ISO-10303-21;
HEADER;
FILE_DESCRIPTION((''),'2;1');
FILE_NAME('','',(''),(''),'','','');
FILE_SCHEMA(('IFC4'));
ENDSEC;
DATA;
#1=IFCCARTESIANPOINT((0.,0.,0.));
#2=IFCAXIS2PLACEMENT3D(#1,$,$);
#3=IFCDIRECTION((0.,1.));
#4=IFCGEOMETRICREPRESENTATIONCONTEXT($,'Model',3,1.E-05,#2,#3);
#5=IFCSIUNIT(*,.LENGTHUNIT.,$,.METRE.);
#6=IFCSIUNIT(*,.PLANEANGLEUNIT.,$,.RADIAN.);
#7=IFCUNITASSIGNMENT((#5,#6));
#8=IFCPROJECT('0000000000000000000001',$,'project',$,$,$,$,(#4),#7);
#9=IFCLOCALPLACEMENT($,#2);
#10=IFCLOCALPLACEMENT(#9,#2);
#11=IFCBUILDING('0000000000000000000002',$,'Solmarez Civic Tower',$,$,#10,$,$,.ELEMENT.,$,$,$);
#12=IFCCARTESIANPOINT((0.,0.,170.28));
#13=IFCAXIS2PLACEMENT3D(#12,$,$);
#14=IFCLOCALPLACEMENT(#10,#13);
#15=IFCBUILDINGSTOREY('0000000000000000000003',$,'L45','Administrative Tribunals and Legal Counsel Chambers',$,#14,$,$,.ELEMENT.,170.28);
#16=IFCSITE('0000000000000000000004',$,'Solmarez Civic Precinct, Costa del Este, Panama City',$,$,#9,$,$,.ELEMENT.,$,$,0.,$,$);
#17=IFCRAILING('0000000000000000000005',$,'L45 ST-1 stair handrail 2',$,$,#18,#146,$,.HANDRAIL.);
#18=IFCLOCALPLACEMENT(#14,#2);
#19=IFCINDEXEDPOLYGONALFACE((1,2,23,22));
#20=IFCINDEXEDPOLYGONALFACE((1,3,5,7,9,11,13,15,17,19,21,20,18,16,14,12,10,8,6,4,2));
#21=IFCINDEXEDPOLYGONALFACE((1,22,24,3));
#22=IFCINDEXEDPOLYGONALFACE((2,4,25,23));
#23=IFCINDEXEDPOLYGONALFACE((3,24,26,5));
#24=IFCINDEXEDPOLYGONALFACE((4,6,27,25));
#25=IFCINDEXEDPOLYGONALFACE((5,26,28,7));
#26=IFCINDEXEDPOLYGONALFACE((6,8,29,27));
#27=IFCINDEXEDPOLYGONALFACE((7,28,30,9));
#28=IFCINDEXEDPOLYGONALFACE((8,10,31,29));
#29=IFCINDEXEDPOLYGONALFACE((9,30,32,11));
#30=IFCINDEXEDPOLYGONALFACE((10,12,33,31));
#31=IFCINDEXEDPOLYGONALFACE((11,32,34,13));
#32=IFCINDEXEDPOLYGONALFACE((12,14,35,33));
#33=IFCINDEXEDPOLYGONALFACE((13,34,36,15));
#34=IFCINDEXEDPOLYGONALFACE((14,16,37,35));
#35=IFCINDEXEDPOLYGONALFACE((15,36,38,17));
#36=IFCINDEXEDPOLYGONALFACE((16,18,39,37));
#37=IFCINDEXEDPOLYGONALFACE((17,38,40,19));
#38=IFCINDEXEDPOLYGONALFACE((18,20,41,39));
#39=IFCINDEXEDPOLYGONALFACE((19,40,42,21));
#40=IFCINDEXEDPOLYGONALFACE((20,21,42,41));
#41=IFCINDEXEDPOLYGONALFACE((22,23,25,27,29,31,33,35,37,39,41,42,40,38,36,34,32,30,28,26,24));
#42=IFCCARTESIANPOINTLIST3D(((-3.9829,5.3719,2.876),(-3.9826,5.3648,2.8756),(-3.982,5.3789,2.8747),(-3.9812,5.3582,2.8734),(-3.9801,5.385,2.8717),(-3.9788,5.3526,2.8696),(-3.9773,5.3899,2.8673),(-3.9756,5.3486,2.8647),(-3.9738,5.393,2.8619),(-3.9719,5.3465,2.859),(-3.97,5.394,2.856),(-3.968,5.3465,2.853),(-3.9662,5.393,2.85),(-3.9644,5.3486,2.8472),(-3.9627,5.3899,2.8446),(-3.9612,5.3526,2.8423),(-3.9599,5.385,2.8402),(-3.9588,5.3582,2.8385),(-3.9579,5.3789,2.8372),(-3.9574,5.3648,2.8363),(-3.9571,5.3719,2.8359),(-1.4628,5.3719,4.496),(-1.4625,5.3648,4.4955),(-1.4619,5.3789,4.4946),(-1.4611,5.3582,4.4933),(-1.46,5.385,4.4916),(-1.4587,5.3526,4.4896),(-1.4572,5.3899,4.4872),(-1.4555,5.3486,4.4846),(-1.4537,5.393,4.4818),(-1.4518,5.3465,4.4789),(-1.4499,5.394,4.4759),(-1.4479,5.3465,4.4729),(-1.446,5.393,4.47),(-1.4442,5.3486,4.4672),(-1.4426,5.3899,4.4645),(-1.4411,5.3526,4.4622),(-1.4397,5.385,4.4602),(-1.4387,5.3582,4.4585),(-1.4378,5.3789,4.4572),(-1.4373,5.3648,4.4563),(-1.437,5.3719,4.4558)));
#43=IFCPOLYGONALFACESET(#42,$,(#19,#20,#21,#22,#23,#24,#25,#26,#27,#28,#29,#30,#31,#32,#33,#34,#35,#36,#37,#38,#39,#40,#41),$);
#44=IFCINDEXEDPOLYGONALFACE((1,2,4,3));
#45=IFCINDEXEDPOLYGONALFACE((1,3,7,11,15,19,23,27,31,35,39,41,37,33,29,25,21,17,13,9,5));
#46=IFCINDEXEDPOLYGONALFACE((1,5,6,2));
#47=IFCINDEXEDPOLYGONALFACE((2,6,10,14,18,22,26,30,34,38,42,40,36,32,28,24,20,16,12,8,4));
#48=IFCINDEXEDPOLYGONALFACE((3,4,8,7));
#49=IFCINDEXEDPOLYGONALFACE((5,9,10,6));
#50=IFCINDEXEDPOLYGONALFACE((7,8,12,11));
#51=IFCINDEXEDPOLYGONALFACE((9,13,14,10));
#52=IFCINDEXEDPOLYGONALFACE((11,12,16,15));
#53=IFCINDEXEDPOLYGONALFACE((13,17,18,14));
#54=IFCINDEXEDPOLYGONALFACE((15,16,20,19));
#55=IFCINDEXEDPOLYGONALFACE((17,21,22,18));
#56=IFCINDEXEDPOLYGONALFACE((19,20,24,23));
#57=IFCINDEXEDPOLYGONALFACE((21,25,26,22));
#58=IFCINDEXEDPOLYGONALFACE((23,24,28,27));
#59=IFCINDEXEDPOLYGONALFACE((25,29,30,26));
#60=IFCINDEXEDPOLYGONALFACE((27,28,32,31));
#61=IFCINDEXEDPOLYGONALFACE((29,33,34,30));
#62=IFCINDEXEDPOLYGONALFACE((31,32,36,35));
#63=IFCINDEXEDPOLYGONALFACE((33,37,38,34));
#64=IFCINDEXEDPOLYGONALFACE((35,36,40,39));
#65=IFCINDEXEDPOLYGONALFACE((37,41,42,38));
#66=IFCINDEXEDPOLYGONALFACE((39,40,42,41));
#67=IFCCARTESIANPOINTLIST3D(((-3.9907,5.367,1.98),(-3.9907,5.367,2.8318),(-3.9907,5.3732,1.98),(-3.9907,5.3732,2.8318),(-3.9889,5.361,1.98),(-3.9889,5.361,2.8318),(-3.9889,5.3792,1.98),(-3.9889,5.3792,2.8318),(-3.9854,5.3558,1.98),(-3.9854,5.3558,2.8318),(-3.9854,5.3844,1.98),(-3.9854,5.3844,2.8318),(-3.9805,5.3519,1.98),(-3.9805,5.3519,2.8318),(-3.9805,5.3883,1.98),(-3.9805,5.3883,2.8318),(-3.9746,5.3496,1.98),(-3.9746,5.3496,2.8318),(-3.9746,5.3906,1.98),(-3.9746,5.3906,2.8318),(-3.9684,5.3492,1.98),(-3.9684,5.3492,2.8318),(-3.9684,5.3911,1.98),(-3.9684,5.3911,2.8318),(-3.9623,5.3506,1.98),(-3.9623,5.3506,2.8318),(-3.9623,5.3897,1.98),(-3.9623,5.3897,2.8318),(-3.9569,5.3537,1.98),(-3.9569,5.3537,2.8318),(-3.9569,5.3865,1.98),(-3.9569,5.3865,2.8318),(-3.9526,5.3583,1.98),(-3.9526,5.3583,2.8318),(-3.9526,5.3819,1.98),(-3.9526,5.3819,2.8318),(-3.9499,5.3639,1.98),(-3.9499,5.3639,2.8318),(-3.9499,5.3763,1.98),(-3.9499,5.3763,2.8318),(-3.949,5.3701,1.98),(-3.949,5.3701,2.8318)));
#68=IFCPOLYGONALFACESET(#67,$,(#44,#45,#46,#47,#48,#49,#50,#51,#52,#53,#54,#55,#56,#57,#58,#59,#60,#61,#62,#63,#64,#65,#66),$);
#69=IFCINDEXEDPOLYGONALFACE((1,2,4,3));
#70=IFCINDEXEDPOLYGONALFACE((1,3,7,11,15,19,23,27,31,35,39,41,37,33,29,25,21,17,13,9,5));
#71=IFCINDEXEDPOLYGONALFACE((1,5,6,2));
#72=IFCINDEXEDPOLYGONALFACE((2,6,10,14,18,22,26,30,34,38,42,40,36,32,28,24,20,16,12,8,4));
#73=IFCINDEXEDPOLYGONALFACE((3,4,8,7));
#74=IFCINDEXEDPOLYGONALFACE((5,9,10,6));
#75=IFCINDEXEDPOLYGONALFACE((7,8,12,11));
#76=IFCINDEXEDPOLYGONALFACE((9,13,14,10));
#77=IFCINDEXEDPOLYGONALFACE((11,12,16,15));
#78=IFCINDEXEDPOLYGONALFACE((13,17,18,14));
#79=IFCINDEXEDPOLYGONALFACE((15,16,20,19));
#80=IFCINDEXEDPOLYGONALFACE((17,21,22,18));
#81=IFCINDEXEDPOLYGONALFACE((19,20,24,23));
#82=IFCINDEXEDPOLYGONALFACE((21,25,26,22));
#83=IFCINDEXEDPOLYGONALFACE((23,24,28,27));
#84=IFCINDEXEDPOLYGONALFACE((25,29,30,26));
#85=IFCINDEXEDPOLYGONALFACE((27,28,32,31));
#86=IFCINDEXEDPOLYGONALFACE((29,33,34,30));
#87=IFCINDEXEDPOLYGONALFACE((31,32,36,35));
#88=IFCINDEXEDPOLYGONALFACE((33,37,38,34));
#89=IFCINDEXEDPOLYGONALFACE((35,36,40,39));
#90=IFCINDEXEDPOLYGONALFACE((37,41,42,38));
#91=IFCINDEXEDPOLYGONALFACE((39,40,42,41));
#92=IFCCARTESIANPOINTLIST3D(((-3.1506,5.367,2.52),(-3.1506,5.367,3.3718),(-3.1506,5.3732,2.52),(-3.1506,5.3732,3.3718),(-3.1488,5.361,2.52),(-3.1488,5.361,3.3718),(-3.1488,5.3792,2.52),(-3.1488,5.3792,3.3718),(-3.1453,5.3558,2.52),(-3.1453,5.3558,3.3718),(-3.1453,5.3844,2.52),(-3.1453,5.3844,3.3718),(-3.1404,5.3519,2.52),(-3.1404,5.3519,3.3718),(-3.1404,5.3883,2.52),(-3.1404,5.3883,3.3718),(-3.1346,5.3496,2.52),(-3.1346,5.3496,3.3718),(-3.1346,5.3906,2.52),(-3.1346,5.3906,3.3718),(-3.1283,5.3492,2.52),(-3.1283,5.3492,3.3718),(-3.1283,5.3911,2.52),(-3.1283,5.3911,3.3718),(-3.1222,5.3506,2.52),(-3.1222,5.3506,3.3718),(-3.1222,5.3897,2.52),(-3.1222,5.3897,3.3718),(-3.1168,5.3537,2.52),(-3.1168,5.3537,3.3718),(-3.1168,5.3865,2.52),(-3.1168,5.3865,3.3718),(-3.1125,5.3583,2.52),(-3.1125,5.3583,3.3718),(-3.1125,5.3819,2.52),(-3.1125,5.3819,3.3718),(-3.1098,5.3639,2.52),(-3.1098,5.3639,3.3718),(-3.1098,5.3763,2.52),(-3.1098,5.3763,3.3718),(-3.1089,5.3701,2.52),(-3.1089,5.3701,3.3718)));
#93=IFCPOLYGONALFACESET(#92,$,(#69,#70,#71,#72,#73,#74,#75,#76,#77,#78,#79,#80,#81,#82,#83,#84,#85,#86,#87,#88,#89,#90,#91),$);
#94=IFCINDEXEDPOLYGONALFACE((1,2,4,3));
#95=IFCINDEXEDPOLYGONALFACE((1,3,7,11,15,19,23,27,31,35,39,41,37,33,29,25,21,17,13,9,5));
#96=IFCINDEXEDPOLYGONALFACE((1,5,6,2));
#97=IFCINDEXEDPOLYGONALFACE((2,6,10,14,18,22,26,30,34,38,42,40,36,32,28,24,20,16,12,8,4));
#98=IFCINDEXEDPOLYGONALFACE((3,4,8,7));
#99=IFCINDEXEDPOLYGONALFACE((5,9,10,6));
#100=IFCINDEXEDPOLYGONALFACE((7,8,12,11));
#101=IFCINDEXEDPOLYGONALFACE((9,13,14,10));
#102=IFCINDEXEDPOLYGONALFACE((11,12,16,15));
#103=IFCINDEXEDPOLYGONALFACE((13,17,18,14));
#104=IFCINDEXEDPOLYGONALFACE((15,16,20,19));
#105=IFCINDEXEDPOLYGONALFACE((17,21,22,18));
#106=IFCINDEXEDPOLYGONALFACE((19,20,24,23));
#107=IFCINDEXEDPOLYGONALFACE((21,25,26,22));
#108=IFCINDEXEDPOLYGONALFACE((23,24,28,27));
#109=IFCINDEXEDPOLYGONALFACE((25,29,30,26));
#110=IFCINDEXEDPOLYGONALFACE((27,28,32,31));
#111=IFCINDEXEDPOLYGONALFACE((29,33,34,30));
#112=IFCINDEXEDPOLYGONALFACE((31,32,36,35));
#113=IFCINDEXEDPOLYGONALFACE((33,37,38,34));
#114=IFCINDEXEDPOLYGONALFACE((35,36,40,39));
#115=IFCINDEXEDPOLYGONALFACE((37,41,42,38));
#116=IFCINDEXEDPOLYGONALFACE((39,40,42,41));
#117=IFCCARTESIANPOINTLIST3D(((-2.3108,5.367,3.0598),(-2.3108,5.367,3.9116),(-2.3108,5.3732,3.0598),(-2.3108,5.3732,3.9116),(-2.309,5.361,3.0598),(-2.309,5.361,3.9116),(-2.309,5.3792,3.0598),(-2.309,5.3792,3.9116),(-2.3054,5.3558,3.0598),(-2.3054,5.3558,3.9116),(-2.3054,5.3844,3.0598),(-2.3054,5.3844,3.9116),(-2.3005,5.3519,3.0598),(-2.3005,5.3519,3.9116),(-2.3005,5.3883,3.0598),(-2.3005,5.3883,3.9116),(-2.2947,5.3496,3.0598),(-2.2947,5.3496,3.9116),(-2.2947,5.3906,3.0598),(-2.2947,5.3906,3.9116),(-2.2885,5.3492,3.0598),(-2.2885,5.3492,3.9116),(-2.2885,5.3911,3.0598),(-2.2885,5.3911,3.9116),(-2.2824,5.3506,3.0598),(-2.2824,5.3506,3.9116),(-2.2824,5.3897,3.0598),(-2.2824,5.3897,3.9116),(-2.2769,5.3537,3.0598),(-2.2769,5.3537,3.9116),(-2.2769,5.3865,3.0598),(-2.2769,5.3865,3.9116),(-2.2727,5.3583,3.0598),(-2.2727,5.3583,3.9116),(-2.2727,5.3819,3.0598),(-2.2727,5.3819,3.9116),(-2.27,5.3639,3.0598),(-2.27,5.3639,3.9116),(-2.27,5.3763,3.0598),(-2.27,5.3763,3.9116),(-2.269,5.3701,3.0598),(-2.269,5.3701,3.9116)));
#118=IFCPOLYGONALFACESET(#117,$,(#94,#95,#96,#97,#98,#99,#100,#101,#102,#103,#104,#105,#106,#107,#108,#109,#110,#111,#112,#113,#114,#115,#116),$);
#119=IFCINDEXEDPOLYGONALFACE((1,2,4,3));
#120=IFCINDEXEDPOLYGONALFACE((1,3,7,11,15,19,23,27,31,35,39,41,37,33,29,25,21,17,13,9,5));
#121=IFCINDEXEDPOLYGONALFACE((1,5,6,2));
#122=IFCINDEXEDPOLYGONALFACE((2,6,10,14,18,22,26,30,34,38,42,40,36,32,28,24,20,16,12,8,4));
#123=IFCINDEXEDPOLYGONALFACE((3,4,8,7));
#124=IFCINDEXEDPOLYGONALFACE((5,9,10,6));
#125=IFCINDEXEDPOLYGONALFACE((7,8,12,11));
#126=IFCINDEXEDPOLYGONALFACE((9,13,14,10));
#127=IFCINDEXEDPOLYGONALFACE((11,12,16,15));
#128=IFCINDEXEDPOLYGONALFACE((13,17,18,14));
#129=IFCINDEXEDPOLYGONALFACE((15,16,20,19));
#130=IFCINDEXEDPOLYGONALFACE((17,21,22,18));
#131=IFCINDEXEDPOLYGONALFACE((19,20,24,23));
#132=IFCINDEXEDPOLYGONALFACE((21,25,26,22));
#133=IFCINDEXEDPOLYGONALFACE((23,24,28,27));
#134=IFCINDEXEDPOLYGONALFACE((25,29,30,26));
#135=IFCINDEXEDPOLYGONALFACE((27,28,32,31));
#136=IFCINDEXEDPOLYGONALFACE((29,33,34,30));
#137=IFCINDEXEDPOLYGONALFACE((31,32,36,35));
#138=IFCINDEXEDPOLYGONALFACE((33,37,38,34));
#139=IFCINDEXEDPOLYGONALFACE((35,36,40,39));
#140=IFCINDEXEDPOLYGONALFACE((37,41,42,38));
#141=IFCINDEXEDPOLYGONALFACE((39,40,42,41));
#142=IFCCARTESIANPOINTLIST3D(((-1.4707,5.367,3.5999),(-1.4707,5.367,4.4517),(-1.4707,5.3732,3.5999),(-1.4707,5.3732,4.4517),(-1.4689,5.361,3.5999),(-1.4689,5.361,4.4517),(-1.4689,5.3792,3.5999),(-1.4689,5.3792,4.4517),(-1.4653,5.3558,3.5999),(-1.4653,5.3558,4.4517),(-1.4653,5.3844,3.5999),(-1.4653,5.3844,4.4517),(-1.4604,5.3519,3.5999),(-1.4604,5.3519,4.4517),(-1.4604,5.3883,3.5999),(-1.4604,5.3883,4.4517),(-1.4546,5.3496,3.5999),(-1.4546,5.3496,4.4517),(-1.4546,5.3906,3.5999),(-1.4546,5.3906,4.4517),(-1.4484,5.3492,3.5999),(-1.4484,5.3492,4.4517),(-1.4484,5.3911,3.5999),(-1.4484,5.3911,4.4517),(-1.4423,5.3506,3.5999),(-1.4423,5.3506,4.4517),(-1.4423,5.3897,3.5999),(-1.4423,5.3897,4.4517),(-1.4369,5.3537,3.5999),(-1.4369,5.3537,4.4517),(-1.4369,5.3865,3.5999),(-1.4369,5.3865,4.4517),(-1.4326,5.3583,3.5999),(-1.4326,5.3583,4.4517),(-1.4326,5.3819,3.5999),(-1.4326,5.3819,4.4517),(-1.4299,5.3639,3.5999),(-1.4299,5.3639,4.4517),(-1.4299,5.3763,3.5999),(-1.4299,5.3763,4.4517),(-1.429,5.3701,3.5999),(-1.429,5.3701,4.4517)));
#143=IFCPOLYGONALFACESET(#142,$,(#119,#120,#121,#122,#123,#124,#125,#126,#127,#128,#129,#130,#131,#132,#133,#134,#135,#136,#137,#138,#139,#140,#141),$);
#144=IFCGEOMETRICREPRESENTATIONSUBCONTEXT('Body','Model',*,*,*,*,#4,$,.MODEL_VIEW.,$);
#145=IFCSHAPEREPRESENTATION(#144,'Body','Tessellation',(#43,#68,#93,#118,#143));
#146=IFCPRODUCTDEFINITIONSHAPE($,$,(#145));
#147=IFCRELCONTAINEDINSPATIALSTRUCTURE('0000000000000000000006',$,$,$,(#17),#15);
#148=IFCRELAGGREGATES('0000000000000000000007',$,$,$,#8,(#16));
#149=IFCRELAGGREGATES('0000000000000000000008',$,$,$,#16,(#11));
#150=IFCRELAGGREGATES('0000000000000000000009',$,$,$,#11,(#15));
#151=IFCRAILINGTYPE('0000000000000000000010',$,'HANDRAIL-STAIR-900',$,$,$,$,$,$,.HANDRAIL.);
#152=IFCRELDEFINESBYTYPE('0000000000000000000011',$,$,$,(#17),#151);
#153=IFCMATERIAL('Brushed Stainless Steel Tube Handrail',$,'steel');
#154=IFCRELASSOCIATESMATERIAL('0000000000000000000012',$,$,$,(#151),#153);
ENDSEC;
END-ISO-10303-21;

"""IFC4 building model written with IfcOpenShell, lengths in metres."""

from ifc_helpers import new_model, si_unit, direction, frame, origin, origin_2d, place, context, subcontext, project, spatial, circle, extrude, material, type_object, element, save


model = new_model("IFC4")

# Units and contexts
model_context = context("Model", 3, precision=1e-05, world=origin(), true_north=direction((0.0, 1.0)))
body_context = subcontext(model_context, "Body", "Model", "MODEL_VIEW")
ifc_project = project(units=[si_unit("LENGTHUNIT", "METRE"), si_unit("PLANEANGLEUNIT", "RADIAN")], contexts=[model_context])

# Site, building, storey
site_placement = place(None, origin())
site = spatial("IfcSite", under=ifc_project, at=site_placement, Name="Solmarez Civic Precinct, Costa del Este, Panama City", CompositionType="ELEMENT", RefElevation=0.0)
building_placement = place(site_placement, origin())
building = spatial("IfcBuilding", under=site, at=building_placement, Name="Solmarez Civic Tower", CompositionType="ELEMENT")
storey_placement = place(building_placement, frame((0.0, 0.0, 170.28)))
storey = spatial("IfcBuildingStorey", under=building, at=storey_placement, Name="L45", Description="Administrative Tribunals and Legal Counsel Chambers", CompositionType="ELEMENT", Elevation=170.28)

# Railing
ifc_material_1 = material(Name="Brushed Stainless Steel Tube Handrail", Category="steel")
railing_type_1 = type_object("IfcRailingType", Name="HANDRAIL-STAIR-900", PredefinedType="HANDRAIL", material=ifc_material_1)
railing_1_placement = place(storey_placement, frame((-3.97, 5.3701, 1.98)))
element("IfcRailing", 1, at=railing_1_placement, inside=storey, type_object=railing_type_1, Name="L45 ST-1 stair handrail 2", PredefinedType="HANDRAIL", context=body_context, shape_type="SweptSolid", body=[
    extrude(circle(Radius=0.0239, at=origin_2d()), frame((0.0, 0.0, 0.876), z_axis=(0.8412, 0.0, 0.540725), x_axis=(0.0, 1.0, 0.0)), (0.0, 0.0, 1.0), 2.9958),
    extrude(circle(Radius=0.021, at=origin_2d()), origin(), (0.0, 0.0, 1.0), 0.8518),
    extrude(circle(Radius=0.021, at=origin_2d()), frame((0.8401, 0.0, 0.54)), (0.0, 0.0, 1.0), 0.8518),
    extrude(circle(Radius=0.021, at=origin_2d()), frame((1.6799, 0.0, 1.0798)), (0.0, 0.0, 1.0), 0.8518),
    extrude(circle(Radius=0.021, at=origin_2d()), frame((2.52, 0.0, 1.6199)), (0.0, 0.0, 1.0), 0.8518),
])

save(model, "model.ifc")
